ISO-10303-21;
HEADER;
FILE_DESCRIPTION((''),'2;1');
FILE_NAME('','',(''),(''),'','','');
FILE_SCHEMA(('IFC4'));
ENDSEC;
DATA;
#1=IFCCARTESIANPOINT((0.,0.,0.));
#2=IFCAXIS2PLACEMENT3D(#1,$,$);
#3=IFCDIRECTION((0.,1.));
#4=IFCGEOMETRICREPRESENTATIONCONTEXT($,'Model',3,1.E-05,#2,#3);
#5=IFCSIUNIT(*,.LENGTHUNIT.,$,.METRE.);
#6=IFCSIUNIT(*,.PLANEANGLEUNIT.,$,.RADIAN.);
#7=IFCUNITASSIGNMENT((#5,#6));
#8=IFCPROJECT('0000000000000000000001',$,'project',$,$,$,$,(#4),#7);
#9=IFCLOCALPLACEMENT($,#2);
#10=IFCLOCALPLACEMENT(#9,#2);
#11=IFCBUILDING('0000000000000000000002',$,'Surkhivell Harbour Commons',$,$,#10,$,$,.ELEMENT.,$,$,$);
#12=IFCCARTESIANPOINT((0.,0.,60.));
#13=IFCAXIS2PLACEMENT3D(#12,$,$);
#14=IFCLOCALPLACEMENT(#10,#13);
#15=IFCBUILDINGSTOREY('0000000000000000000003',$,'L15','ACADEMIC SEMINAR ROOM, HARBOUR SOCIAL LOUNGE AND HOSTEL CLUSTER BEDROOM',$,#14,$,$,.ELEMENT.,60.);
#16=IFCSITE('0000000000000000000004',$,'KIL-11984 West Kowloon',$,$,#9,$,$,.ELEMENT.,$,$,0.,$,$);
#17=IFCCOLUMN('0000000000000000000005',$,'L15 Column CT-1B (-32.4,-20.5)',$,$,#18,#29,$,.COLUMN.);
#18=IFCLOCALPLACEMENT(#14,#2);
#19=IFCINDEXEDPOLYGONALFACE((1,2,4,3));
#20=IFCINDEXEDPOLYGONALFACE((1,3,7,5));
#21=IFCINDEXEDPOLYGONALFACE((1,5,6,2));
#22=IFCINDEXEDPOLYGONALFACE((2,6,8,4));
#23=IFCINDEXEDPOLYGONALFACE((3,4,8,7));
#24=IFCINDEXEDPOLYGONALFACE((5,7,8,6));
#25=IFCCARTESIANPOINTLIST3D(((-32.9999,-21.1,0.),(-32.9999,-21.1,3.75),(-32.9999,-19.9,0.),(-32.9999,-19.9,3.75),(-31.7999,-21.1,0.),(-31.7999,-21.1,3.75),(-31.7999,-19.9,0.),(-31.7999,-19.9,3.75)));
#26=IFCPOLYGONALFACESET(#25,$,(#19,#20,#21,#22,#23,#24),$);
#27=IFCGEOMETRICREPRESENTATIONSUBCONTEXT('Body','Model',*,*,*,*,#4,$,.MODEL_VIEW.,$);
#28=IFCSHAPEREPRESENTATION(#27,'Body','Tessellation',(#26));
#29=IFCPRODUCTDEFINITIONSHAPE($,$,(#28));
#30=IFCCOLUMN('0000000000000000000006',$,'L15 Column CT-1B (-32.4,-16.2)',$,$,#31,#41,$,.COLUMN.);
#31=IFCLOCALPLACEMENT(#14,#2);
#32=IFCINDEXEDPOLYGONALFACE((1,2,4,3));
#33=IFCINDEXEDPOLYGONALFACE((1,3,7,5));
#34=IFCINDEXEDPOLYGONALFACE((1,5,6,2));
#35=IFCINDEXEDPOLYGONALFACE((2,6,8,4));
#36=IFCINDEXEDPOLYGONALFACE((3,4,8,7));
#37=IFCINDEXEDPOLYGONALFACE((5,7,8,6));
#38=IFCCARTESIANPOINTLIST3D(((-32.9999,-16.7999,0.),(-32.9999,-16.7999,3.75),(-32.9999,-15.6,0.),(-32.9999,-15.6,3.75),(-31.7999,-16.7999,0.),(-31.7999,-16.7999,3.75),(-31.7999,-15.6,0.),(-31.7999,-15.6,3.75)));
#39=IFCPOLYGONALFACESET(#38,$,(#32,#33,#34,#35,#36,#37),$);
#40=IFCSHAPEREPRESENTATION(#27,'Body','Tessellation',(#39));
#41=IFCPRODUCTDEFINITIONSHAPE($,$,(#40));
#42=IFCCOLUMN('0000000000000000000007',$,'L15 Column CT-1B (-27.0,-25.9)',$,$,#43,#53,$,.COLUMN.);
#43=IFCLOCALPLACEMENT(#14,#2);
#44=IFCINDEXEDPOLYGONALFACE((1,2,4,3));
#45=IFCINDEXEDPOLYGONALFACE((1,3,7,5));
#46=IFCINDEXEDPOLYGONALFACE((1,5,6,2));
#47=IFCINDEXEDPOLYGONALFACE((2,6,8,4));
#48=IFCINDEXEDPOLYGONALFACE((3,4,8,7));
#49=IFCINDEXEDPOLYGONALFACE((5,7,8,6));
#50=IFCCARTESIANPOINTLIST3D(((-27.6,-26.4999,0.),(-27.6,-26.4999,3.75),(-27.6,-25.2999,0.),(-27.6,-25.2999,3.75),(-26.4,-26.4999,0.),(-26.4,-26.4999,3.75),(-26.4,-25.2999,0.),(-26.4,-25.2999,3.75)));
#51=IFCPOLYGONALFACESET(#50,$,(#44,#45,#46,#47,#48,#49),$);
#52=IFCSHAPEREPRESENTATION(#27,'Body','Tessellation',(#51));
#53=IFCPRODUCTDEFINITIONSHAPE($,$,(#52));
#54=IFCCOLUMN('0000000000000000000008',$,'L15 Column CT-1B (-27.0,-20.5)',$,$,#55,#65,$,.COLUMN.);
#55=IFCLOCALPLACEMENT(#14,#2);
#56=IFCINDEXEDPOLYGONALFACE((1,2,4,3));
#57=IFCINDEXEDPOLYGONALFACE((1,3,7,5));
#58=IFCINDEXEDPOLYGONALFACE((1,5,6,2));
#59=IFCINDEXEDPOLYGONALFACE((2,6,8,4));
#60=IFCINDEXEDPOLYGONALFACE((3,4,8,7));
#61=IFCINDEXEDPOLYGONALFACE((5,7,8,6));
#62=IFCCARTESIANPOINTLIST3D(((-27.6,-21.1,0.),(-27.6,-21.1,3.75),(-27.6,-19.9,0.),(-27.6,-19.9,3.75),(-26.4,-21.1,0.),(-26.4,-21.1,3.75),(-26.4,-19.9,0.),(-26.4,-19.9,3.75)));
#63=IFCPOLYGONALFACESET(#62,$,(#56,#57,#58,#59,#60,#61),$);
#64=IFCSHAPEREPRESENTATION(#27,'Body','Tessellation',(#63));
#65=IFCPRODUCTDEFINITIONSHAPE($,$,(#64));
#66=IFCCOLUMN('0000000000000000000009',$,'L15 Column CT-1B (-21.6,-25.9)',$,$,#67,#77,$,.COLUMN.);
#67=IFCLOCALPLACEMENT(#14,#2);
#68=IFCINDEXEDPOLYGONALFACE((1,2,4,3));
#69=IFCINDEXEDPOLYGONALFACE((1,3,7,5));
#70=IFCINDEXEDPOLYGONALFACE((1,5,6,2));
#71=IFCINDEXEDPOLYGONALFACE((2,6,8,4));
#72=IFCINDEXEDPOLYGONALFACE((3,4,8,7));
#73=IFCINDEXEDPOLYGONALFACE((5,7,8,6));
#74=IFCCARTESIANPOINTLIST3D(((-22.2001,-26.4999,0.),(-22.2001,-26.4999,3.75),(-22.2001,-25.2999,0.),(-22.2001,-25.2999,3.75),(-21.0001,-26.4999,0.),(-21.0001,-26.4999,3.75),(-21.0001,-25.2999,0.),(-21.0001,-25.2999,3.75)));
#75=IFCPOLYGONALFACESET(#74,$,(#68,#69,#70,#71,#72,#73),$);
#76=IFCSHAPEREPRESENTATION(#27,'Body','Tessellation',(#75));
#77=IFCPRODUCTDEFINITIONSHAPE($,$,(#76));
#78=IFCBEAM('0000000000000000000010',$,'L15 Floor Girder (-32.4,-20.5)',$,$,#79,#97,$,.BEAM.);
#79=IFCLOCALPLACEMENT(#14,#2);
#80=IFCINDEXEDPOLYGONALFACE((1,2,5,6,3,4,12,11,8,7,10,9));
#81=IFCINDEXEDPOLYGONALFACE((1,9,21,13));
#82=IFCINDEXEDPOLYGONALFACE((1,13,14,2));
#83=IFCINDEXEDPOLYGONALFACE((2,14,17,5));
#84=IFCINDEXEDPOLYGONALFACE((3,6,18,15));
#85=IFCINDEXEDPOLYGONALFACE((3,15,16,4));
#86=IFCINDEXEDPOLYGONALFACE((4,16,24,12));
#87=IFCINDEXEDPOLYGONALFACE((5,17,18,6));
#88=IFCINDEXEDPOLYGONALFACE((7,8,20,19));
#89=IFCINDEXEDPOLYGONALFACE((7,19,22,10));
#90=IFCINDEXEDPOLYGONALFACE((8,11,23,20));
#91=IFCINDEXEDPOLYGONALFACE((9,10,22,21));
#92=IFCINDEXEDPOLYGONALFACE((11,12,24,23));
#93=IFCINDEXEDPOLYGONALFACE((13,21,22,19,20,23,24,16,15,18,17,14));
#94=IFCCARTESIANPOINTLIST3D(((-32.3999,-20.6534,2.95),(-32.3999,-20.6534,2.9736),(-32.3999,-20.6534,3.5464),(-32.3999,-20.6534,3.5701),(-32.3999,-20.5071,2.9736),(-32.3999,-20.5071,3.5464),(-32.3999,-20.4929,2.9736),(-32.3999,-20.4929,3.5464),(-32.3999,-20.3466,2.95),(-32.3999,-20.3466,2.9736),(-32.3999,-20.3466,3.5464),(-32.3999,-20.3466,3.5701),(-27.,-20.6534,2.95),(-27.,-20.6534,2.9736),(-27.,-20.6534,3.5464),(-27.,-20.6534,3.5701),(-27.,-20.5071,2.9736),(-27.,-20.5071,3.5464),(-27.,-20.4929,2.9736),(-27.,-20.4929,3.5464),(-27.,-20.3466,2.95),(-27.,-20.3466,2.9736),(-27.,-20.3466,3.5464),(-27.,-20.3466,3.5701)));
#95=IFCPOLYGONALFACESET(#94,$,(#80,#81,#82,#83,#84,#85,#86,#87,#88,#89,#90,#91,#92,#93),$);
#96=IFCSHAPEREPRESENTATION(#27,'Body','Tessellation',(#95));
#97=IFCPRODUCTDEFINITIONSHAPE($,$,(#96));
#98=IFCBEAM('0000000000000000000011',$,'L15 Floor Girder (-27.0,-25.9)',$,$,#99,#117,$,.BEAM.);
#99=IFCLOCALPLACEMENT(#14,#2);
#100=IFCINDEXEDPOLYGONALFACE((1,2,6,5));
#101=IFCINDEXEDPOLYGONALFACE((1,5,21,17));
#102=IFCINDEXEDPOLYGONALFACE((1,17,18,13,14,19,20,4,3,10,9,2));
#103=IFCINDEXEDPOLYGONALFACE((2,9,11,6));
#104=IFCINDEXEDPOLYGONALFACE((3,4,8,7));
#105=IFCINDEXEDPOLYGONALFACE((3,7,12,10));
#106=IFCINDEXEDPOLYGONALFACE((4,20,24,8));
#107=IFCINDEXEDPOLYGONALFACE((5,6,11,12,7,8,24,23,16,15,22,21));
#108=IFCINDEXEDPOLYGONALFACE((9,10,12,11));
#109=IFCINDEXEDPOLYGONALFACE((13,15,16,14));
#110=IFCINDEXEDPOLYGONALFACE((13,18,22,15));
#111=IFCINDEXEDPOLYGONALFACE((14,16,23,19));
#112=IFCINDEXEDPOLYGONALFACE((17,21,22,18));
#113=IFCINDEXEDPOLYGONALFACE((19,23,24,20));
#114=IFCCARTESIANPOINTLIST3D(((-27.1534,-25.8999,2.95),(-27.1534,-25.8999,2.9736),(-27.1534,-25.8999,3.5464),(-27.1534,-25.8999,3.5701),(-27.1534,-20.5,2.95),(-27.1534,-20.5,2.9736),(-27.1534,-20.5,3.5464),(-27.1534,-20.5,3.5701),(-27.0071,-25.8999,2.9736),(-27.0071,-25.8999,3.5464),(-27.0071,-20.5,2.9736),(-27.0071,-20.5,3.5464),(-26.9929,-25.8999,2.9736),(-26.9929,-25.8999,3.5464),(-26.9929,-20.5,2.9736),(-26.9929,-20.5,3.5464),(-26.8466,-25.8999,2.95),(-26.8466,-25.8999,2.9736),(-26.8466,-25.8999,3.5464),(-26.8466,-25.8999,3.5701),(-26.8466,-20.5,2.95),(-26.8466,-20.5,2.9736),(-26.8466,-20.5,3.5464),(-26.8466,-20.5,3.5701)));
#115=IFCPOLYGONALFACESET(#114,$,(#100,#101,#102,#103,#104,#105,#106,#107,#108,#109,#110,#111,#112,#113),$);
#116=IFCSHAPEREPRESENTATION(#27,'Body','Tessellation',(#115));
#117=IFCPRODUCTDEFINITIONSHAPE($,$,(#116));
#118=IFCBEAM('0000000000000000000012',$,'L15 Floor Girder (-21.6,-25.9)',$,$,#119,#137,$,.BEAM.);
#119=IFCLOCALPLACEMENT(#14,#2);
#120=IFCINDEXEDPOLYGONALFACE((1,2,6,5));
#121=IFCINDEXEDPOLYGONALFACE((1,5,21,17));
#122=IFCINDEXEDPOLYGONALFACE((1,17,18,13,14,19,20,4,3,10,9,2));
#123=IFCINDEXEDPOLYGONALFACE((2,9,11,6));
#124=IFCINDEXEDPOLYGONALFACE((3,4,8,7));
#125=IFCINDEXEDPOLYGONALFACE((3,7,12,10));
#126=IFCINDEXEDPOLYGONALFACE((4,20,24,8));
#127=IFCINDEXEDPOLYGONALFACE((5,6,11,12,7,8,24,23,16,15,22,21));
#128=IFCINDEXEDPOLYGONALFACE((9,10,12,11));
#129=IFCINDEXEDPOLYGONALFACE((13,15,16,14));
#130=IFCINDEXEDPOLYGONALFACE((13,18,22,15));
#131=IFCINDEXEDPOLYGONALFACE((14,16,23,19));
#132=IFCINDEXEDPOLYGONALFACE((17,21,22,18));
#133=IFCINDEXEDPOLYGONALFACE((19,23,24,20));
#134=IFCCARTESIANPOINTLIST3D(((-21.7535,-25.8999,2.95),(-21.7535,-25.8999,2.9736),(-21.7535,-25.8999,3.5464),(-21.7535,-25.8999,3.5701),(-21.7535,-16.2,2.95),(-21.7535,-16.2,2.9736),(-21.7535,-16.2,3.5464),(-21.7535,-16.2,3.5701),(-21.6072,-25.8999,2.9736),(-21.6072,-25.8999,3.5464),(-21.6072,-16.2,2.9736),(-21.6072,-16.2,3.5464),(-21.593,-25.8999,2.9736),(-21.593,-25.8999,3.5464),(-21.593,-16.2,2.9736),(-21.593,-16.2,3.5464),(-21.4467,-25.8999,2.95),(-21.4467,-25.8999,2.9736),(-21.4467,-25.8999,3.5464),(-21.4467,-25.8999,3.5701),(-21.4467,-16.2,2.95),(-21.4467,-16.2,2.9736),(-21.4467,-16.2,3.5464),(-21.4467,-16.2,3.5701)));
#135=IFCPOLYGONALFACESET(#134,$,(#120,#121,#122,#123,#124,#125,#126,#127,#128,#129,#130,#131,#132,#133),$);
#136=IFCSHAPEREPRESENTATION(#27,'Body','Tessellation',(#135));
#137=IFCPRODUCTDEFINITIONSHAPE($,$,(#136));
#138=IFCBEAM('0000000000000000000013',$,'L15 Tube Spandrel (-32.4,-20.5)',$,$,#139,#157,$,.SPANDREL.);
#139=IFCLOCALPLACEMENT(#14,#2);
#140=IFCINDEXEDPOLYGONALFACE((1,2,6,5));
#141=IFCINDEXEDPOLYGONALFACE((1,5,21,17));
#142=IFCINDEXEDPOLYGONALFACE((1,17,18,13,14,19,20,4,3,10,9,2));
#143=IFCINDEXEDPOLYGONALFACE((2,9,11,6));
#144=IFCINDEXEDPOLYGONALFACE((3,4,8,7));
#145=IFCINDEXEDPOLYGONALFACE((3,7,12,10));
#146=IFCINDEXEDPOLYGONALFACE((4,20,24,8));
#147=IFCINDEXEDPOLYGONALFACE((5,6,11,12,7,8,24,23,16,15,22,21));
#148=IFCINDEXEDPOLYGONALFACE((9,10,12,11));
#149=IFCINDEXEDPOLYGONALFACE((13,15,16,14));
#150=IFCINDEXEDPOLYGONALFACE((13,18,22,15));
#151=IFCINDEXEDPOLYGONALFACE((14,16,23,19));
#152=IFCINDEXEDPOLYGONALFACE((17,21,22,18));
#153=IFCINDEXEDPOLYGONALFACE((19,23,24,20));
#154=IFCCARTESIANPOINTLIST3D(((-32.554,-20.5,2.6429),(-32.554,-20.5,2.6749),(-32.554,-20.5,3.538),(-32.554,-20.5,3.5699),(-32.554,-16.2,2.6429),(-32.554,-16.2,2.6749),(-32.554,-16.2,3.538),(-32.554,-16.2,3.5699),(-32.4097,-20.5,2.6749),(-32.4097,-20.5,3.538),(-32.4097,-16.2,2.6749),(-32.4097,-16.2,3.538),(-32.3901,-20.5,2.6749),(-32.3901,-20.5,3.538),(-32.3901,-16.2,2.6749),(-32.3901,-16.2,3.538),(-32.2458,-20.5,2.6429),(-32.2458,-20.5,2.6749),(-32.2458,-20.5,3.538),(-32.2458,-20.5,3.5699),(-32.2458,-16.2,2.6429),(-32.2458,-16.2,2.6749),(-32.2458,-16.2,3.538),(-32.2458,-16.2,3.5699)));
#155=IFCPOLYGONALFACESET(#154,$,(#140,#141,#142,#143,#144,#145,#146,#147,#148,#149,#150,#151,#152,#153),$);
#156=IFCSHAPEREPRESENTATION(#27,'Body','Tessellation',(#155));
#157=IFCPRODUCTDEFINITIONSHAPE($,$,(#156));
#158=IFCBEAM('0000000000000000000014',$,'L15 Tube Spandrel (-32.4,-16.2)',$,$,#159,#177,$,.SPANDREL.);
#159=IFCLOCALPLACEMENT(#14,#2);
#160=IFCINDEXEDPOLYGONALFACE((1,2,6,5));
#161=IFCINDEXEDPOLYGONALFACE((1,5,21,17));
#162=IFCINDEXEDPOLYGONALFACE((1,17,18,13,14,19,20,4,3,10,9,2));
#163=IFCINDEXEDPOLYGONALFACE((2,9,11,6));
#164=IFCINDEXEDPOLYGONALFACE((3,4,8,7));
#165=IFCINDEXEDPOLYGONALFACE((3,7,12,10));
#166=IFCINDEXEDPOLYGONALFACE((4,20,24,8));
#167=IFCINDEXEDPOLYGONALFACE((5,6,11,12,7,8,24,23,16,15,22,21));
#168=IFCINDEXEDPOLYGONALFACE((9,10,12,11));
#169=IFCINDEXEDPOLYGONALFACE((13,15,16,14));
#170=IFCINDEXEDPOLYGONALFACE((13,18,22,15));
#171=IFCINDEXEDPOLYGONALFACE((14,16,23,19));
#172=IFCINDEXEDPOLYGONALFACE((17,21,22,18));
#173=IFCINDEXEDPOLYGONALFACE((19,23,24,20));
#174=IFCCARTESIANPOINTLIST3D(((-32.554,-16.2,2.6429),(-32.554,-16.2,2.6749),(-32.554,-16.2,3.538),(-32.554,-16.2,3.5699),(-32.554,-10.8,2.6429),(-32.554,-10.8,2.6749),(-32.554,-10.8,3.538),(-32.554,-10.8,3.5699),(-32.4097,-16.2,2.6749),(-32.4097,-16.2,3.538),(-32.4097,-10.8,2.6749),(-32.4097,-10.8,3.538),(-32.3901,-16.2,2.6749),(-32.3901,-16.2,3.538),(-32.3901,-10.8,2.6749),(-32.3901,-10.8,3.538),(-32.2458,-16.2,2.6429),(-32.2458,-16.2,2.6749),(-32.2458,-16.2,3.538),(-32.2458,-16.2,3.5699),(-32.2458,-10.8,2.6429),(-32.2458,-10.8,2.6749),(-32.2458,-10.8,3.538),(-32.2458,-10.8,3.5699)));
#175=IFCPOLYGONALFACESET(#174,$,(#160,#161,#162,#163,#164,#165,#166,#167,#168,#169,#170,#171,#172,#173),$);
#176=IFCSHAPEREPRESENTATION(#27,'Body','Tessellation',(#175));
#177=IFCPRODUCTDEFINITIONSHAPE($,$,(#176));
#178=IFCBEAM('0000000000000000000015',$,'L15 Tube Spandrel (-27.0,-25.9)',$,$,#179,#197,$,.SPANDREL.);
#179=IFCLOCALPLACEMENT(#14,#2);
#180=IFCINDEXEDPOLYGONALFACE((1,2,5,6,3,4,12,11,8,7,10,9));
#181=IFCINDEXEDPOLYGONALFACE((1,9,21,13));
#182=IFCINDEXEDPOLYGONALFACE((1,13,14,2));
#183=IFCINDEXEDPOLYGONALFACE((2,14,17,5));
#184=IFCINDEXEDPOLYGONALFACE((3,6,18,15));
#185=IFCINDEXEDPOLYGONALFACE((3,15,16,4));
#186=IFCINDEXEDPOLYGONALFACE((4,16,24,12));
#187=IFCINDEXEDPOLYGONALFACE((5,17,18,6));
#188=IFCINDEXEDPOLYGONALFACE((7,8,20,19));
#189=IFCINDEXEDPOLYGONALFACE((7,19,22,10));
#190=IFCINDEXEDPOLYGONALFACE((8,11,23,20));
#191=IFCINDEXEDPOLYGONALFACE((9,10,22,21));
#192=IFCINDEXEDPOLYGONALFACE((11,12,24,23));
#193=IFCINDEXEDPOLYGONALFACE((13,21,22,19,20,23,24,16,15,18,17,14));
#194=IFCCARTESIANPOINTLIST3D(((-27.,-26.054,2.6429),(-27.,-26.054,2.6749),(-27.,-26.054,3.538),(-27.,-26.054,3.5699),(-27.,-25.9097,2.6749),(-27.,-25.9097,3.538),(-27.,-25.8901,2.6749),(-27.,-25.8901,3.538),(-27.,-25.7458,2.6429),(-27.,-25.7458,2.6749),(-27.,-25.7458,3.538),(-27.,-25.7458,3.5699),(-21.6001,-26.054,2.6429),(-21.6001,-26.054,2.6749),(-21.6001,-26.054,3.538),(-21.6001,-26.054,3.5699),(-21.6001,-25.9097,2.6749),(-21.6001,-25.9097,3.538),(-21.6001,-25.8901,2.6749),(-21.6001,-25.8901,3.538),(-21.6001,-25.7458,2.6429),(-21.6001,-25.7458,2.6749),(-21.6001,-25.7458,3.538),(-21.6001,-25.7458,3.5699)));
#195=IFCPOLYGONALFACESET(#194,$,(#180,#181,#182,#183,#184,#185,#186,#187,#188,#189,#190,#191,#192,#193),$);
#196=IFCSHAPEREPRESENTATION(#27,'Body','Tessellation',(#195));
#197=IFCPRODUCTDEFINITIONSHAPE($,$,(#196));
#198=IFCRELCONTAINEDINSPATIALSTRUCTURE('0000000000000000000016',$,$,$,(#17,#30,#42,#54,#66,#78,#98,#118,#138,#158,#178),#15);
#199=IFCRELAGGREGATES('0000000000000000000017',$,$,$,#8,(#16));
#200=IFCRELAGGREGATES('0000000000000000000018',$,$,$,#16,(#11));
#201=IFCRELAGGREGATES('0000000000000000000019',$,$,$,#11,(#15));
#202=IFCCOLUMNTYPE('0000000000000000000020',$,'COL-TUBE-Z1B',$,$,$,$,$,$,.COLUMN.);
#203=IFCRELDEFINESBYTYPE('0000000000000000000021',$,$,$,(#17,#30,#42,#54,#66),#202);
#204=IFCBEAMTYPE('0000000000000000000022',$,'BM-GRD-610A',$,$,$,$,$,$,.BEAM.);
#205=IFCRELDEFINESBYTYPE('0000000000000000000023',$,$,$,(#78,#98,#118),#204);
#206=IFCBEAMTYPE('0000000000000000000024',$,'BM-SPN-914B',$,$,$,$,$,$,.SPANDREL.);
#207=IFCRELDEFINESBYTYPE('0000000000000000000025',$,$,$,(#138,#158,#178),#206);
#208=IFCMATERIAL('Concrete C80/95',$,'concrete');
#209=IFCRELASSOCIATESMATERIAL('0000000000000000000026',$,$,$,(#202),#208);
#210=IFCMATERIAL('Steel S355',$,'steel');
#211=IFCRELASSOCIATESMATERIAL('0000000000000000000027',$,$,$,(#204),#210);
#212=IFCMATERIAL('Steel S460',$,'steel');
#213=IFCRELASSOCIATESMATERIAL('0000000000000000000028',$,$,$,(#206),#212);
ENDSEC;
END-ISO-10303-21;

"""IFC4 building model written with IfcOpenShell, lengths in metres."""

from ifc_helpers import new_model, si_unit, direction, frame, origin, origin_2d, place, context, subcontext, project, spatial, rectangle, i_section, extrude, material, material_profile, profile_set, type_object, element, save


model = new_model("IFC4")

# Units and contexts
model_context = context("Model", 3, precision=1e-05, world=origin(), true_north=direction((0.0, 1.0)))
body_context = subcontext(model_context, "Body", "Model", "MODEL_VIEW")
ifc_project = project(units=[si_unit("LENGTHUNIT", "METRE"), si_unit("PLANEANGLEUNIT", "RADIAN")], contexts=[model_context])

# Site, building, storey
site_placement = place(None, origin())
site = spatial("IfcSite", under=ifc_project, at=site_placement, Name="KIL-11984 West Kowloon", CompositionType="ELEMENT", RefElevation=0.0)
building_placement = place(site_placement, origin())
building = spatial("IfcBuilding", under=site, at=building_placement, Name="Surkhivell Harbour Commons", CompositionType="ELEMENT")
storey_placement = place(building_placement, frame((0.0, 0.0, 60.0)))
storey = spatial("IfcBuildingStorey", under=building, at=storey_placement, Name="L15", Description="ACADEMIC SEMINAR ROOM, HARBOUR SOCIAL LOUNGE AND HOSTEL CLUSTER BEDROOM", CompositionType="ELEMENT", Elevation=60.0)

# Columns
ifc_material_1 = material(Name="Concrete C80/95", Category="concrete")
ifc_material_profile_1 = material_profile(ifc_material_1, rectangle(XDim=1.2, YDim=1.2, at=origin_2d()), Name="RC-COL-1200x1200")
ifc_profile_set_1 = profile_set([ifc_material_profile_1], Name="Concrete C80/95")
column_type = type_object("IfcColumnType", Name="COL-TUBE-Z1B", PredefinedType="COLUMN", material=ifc_profile_set_1)
for number, where, z_axis, x_axis, name in (
    (1, (-32.3999, -20.5, 0.0), (0.0, 0.0, 1.0), (1.0, 0.0, 0.0), "L15 Column CT-1B (-32.4,-20.5)"),
    (2, (-32.3999, -16.2, 0.0), (0.0, 0.0, 1.0), (1.0, 0.0, 0.0), "L15 Column CT-1B (-32.4,-16.2)"),
    (3, (-27.0, -25.8999, 0.0), (0.0, 0.0, 1.0), (1.0, 0.0, 0.0), "L15 Column CT-1B (-27.0,-25.9)"),
    (4, (-27.0, -20.5, 0.0), (0.0, 0.0, 1.0), (1.0, 0.0, 0.0), "L15 Column CT-1B (-27.0,-20.5)"),
    (5, (-21.6001, -25.8999, 0.0), (0.0, 0.0, 1.0), (1.0, 0.0, 0.0), "L15 Column CT-1B (-21.6,-25.9)"),
):
    element("IfcColumn", number, at=place(storey_placement, frame(where, z_axis=z_axis, x_axis=x_axis)), inside=storey, type_object=column_type, Name=name, PredefinedType="COLUMN", context=body_context, shape_type="SweptSolid", body=[
        extrude(rectangle(XDim=1.2, YDim=1.2, at=origin_2d()), origin(), (0.0, 0.0, 1.0), 3.75),
    ])

# Beams
ifc_material_2 = material(Name="Steel S355", Category="steel")
ifc_material_profile_2 = material_profile(ifc_material_2, i_section(OverallWidth=0.3069, OverallDepth=0.6201, WebThickness=0.0142, FlangeThickness=0.0237, at=origin_2d()), Name="UB610x305x179")
ifc_profile_set_2 = profile_set([ifc_material_profile_2], Name="Steel S355")
beam_type_1 = type_object("IfcBeamType", Name="BM-GRD-610A", PredefinedType="BEAM", material=ifc_profile_set_2)
for number, where, z_axis, x_axis, name in (
    (6, (-32.3999, -20.5, 3.26), (1.0, 0.0, 0.0), (0.0, 1.0, 0.0), "L15 Floor Girder (-32.4,-20.5)"),
    (7, (-27.0, -25.8999, 3.26), (0.0, 1.0, 0.0), (-1.0, 0.0, 0.0), "L15 Floor Girder (-27.0,-25.9)"),
):
    element("IfcBeam", number, at=place(storey_placement, frame(where, z_axis=z_axis, x_axis=x_axis)), inside=storey, type_object=beam_type_1, Name=name, PredefinedType="BEAM", context=body_context, shape_type="SweptSolid", body=[
        extrude(i_section(OverallWidth=0.3069, OverallDepth=0.6201, WebThickness=0.0142, FlangeThickness=0.0237, at=origin_2d()), origin(), (0.0, 0.0, 1.0), 5.3999),
    ])
beam_1_placement = place(storey_placement, frame((-21.6001, -25.8999, 3.26), z_axis=(0.0, 1.0, 0.0), x_axis=(-1.0, 0.0, 0.0)))
element("IfcBeam", 8, at=beam_1_placement, inside=storey, type_object=beam_type_1, Name="L15 Floor Girder (-21.6,-25.9)", PredefinedType="BEAM", context=body_context, shape_type="SweptSolid", body=[
    extrude(i_section(OverallWidth=0.3069, OverallDepth=0.6201, WebThickness=0.0142, FlangeThickness=0.0237, at=origin_2d()), origin(), (0.0, 0.0, 1.0), 9.7),
])
ifc_material_3 = material(Name="Steel S460", Category="steel")
ifc_material_profile_3 = material_profile(ifc_material_3, i_section(OverallWidth=0.3081, OverallDepth=0.927, WebThickness=0.0195, FlangeThickness=0.032, at=origin_2d()), Name="UB914x305x289")
ifc_profile_set_3 = profile_set([ifc_material_profile_3], Name="Steel S460")
beam_type_2 = type_object("IfcBeamType", Name="BM-SPN-914B", PredefinedType="SPANDREL", material=ifc_profile_set_3)
beam_2_placement = place(storey_placement, frame((-32.3999, -20.5, 3.1064), z_axis=(0.0, 1.0, 0.0), x_axis=(-1.0, 0.0, 0.0)))
element("IfcBeam", 9, at=beam_2_placement, inside=storey, type_object=beam_type_2, Name="L15 Tube Spandrel (-32.4,-20.5)", PredefinedType="SPANDREL", context=body_context, shape_type="SweptSolid", body=[
    extrude(i_section(OverallWidth=0.3081, OverallDepth=0.927, WebThickness=0.0195, FlangeThickness=0.032, at=origin_2d()), origin(), (0.0, 0.0, 1.0), 4.3),
])
for number, where, z_axis, x_axis, name in (
    (10, (-32.3999, -16.2, 3.1064), (0.0, 1.0, 0.0), (-1.0, 0.0, 0.0), "L15 Tube Spandrel (-32.4,-16.2)"),
    (11, (-27.0, -25.8999, 3.1064), (1.0, 0.0, 0.0), (0.0, 1.0, 0.0), "L15 Tube Spandrel (-27.0,-25.9)"),
):
    element("IfcBeam", number, at=place(storey_placement, frame(where, z_axis=z_axis, x_axis=x_axis)), inside=storey, type_object=beam_type_2, Name=name, PredefinedType="SPANDREL", context=body_context, shape_type="SweptSolid", body=[
        extrude(i_section(OverallWidth=0.3081, OverallDepth=0.927, WebThickness=0.0195, FlangeThickness=0.032, at=origin_2d()), origin(), (0.0, 0.0, 1.0), 5.3999),
    ])

save(model, "model.ifc")
